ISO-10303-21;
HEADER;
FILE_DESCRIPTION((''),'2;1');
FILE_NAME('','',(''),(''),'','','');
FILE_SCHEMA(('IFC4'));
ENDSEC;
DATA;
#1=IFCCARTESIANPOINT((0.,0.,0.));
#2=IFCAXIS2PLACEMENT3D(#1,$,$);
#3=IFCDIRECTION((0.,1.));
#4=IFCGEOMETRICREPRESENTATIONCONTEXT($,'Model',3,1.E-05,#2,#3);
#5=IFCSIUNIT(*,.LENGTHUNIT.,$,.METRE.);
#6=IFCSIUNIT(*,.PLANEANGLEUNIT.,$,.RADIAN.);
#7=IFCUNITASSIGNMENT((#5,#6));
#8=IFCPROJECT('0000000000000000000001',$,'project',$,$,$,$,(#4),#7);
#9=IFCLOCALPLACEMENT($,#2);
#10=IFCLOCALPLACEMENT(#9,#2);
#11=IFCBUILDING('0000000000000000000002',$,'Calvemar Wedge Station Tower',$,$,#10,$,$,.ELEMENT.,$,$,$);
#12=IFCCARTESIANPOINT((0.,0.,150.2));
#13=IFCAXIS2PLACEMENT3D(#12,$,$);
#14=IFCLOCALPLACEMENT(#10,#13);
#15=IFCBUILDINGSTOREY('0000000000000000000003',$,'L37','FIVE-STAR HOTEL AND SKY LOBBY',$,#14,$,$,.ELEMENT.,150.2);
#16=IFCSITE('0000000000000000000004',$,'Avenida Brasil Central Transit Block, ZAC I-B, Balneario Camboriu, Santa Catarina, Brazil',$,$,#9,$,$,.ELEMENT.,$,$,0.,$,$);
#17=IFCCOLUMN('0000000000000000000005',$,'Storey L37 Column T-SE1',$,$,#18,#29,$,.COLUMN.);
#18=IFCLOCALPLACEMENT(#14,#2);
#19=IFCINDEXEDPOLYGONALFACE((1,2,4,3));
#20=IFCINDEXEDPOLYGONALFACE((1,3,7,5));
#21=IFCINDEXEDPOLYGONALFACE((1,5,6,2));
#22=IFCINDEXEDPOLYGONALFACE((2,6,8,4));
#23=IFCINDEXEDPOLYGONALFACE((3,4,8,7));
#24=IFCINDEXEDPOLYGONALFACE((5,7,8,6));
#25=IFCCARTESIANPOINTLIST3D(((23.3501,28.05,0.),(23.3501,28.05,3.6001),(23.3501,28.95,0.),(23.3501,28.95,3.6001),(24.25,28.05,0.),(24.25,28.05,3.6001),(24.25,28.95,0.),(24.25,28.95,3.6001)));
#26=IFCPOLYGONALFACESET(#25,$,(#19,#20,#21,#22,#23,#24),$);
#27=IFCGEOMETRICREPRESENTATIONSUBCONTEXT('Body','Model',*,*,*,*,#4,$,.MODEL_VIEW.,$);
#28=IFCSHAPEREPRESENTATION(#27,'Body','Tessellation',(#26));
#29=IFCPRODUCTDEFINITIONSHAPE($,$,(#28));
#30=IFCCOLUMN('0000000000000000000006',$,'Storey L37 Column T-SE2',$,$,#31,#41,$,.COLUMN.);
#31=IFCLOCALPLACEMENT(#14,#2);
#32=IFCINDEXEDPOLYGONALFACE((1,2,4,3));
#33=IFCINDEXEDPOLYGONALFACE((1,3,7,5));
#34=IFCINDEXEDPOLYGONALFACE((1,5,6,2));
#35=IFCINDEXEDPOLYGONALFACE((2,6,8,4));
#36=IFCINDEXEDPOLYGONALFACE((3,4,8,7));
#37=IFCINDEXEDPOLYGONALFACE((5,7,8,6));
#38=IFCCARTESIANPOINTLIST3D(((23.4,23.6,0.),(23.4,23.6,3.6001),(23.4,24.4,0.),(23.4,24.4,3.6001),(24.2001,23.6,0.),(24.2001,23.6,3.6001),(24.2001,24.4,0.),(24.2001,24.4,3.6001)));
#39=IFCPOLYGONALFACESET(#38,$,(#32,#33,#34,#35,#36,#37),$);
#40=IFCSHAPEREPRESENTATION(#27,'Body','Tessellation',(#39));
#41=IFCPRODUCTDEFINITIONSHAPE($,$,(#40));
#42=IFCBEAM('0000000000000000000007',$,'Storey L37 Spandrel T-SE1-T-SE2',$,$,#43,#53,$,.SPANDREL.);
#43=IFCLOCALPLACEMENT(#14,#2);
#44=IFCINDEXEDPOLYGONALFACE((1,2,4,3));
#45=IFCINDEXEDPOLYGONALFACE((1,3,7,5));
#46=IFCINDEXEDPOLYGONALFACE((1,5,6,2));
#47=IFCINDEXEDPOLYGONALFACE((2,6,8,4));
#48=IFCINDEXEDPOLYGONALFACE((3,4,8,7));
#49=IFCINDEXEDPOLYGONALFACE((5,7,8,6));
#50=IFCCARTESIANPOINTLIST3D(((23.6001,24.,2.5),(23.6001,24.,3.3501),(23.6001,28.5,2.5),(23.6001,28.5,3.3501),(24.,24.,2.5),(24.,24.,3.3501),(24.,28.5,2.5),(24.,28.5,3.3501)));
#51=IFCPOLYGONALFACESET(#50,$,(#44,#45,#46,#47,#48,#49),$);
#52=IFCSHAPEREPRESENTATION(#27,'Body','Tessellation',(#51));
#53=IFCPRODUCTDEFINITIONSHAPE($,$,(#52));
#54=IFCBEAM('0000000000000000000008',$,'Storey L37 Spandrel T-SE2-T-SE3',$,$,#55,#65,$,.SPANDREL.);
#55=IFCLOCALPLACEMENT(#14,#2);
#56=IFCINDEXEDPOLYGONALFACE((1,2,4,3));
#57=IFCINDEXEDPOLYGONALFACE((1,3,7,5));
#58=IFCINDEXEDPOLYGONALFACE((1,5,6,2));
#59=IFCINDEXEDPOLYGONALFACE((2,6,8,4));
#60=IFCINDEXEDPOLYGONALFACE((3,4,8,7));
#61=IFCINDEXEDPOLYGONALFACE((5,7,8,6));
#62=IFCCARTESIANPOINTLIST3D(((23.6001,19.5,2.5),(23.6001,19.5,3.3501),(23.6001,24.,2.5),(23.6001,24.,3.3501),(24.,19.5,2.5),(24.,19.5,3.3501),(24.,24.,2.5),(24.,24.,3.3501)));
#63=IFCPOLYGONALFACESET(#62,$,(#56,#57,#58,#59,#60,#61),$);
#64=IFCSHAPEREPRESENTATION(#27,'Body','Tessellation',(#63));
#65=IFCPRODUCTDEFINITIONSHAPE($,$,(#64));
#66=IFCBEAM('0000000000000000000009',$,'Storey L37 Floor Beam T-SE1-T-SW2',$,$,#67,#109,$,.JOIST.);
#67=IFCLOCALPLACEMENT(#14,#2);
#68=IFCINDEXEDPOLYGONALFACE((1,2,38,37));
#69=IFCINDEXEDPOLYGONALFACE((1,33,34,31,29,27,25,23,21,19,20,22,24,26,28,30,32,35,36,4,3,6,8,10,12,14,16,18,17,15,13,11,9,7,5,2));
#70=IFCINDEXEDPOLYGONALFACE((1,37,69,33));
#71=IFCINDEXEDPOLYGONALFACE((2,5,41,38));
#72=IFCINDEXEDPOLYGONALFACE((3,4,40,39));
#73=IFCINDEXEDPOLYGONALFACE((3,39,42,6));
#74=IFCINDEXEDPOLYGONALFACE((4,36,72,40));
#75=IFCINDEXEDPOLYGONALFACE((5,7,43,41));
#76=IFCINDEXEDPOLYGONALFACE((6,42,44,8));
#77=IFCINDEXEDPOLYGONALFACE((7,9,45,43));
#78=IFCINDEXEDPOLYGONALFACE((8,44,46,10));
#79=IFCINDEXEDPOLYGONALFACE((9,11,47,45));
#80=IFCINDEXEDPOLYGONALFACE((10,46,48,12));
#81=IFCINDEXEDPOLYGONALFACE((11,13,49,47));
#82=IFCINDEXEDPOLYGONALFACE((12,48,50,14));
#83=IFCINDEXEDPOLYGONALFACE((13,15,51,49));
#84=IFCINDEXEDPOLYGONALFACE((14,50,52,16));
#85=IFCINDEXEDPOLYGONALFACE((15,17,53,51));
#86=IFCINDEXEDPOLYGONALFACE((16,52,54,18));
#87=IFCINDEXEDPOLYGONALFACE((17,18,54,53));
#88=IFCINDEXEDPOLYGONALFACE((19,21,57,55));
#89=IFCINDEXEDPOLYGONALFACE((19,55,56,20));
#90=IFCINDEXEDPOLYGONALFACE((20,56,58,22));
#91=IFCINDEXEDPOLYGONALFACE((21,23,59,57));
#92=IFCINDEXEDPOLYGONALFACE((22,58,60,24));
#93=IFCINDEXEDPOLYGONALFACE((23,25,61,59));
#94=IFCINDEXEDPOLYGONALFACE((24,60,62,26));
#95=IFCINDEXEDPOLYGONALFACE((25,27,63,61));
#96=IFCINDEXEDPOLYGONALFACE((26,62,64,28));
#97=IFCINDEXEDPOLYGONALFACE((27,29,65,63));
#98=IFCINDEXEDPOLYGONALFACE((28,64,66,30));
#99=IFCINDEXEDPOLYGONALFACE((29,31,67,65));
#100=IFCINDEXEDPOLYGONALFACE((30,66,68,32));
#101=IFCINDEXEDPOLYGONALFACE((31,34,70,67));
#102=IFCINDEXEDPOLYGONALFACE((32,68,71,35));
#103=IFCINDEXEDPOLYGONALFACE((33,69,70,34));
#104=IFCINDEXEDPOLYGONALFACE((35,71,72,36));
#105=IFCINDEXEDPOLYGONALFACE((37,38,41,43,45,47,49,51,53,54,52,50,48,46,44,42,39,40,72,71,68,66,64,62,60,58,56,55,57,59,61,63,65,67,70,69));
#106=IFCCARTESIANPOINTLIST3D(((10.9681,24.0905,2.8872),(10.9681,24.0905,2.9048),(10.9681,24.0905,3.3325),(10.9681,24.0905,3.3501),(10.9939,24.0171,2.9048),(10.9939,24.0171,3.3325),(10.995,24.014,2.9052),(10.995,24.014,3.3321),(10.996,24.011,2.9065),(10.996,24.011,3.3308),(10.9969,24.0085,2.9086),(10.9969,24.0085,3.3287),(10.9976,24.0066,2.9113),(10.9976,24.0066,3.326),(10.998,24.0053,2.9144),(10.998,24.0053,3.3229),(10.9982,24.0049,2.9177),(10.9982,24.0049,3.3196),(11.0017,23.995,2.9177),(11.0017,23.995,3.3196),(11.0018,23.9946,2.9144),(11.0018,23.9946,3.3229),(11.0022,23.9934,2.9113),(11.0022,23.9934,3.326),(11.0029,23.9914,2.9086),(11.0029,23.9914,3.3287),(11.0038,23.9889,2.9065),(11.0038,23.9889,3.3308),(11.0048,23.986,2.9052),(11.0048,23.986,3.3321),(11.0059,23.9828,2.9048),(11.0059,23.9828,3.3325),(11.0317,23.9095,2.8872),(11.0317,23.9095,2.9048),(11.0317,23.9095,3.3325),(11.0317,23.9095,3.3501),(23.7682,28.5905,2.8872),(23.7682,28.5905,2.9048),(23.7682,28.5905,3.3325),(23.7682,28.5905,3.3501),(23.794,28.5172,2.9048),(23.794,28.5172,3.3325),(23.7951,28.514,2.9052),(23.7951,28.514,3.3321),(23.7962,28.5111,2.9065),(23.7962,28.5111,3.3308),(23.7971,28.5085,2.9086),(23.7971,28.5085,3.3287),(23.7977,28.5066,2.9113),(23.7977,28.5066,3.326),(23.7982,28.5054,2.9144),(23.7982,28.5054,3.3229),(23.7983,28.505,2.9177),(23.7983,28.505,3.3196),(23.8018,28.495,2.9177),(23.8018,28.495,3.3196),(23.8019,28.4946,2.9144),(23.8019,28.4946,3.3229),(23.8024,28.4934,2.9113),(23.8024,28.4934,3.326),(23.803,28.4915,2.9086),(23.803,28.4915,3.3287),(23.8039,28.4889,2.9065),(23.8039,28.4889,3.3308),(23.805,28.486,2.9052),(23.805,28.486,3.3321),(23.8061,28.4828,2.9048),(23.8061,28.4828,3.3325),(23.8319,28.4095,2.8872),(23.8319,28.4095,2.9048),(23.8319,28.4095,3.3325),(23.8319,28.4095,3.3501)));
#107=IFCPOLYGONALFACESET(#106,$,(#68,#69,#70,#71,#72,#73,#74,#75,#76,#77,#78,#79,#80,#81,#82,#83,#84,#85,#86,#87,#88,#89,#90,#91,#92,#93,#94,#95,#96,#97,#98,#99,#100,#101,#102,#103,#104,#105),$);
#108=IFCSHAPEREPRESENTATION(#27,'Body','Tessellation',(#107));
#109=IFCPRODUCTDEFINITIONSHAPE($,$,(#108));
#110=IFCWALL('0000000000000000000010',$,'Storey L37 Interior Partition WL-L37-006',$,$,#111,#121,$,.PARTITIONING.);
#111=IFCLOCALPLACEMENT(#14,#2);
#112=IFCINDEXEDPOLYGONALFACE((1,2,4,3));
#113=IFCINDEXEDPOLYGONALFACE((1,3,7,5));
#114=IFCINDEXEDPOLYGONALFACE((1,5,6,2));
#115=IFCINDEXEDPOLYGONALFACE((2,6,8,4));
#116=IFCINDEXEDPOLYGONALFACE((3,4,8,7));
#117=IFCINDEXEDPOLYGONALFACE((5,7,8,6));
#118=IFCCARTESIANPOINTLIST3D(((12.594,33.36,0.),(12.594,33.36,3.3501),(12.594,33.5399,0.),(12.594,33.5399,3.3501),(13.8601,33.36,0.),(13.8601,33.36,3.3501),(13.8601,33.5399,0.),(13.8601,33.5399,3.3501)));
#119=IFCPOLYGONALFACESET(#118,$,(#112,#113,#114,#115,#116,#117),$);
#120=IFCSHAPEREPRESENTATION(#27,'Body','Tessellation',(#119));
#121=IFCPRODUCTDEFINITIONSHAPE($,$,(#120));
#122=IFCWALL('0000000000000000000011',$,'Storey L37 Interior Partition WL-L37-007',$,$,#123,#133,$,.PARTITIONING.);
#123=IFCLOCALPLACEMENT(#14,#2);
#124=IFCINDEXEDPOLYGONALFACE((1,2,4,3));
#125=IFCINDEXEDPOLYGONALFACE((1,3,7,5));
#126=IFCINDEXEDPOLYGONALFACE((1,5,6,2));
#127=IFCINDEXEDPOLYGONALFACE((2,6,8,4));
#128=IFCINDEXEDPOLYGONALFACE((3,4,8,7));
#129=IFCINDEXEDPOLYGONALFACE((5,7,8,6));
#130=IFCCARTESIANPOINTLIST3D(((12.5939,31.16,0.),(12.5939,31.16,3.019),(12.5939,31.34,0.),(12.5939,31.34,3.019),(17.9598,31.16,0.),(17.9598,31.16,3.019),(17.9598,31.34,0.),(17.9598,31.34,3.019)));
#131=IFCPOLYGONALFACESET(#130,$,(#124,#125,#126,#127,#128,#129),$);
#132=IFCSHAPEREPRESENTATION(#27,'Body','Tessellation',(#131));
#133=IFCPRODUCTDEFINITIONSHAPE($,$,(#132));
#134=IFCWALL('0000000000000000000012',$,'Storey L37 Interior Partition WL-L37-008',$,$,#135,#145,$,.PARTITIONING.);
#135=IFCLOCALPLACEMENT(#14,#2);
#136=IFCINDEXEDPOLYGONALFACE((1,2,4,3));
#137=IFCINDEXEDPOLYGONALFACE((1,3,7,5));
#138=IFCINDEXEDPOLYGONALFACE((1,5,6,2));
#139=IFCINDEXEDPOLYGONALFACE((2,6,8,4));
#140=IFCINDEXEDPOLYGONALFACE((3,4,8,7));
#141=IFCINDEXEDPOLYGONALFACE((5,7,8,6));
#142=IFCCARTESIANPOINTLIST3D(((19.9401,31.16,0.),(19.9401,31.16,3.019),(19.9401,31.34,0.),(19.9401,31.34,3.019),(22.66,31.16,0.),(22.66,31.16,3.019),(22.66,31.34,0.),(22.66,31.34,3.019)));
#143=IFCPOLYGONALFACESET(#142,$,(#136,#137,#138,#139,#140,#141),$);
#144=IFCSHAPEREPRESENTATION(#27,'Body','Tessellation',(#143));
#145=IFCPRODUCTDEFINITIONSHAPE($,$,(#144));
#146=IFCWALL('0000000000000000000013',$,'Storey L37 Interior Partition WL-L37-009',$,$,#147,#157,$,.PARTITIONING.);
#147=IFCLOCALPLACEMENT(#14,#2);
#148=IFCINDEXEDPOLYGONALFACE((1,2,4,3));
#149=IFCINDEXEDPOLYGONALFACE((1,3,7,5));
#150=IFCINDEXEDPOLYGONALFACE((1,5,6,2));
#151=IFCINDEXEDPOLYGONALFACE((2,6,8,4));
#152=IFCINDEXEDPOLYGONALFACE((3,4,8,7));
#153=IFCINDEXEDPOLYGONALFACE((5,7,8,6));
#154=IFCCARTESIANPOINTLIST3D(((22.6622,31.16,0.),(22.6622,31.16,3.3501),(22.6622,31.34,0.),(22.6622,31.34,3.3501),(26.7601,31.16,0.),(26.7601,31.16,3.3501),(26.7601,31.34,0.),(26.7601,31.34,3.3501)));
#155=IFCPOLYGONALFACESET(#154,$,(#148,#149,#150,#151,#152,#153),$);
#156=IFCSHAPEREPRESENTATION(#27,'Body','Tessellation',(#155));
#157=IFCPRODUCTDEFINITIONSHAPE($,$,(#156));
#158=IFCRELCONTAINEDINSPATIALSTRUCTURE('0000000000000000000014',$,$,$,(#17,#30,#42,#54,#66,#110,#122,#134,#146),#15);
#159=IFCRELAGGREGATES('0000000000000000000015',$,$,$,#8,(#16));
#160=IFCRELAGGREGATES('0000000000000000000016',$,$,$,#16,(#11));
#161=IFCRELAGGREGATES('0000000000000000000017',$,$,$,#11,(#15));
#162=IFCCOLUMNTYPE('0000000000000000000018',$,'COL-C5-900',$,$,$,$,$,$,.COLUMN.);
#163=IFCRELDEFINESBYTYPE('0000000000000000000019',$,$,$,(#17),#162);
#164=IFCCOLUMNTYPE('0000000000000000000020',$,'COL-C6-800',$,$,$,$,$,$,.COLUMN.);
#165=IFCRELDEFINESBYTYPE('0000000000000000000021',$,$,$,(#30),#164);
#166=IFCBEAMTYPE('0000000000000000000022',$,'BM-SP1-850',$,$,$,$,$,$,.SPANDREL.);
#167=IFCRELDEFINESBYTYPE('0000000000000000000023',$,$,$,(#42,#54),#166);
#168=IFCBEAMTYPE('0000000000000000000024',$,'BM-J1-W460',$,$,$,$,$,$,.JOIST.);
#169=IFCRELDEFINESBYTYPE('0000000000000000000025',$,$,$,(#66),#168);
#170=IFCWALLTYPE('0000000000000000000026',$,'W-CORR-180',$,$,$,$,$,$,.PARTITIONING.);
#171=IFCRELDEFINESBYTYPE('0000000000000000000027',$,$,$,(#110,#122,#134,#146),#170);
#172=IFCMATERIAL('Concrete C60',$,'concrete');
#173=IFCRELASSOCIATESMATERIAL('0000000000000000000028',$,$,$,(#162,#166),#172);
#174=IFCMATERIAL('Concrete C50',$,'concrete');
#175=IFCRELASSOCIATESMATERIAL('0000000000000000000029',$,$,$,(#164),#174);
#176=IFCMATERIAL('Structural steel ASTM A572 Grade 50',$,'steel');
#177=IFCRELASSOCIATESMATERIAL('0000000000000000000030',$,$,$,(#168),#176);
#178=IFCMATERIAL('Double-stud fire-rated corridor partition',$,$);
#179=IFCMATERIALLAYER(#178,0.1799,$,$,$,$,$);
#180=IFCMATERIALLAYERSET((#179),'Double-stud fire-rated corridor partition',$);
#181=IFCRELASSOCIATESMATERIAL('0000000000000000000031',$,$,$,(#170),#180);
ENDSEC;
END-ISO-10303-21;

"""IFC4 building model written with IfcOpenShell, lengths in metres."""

from ifc_helpers import new_model, si_unit, direction, frame, frame_2d, origin, origin_2d, place, context, subcontext, project, spatial, rectangle, i_section, extrude, source, transform, mapped, material, layer, layer_set, material_profile, profile_set, type_object, element, save


model = new_model("IFC4")

# Units and contexts
model_context = context("Model", 3, precision=1e-05, world=origin(), true_north=direction((0.0, 1.0)))
body_context = subcontext(model_context, "Body", "Model", "MODEL_VIEW")
ifc_project = project(units=[si_unit("LENGTHUNIT", "METRE"), si_unit("PLANEANGLEUNIT", "RADIAN")], contexts=[model_context])

# Site, building, storey
site_placement = place(None, origin())
site = spatial("IfcSite", under=ifc_project, at=site_placement, Name="Avenida Brasil Central Transit Block, ZAC I-B, Balneario Camboriu, Santa Catarina, Brazil", CompositionType="ELEMENT", RefElevation=0.0)
building_placement = place(site_placement, origin())
building = spatial("IfcBuilding", under=site, at=building_placement, Name="Calvemar Wedge Station Tower", CompositionType="ELEMENT")
storey_placement = place(building_placement, frame((0.0, 0.0, 150.2)))
storey = spatial("IfcBuildingStorey", under=building, at=storey_placement, Name="L37", Description="FIVE-STAR HOTEL AND SKY LOBBY", CompositionType="ELEMENT", Elevation=150.2)

# Columns
ifc_material_1 = material(Name="Concrete C60", Category="concrete")
ifc_material_profile_1 = material_profile(ifc_material_1, rectangle(XDim=0.8999, YDim=0.8999, at=origin_2d()), Name="RC900x900")
ifc_profile_set_1 = profile_set([ifc_material_profile_1], Name="Concrete C60")
column_type_1 = type_object("IfcColumnType", Name="COL-C5-900", PredefinedType="COLUMN", material=ifc_profile_set_1)
shared_shape_1 = source(origin(), body_context, "Body", "SweptSolid", [
    extrude(rectangle(XDim=0.8999, YDim=0.8999, at=origin_2d()), origin(), (0.0, 0.0, 1.0), 3.6001),
])
column_1_placement = place(storey_placement, frame((23.8, 28.5, 0.0), z_axis=(0.0, 0.0, 1.0), x_axis=(1.0, 0.0, 0.0)))
element("IfcColumn", 1, at=column_1_placement, inside=storey, type_object=column_type_1, Name="Storey L37 Column T-SE1", PredefinedType="COLUMN", context=body_context, shape_type="MappedRepresentation", body=[
    mapped(shared_shape_1, transform((0.0, 0.0, 0.0), scale=1.0)),
])
ifc_material_2 = material(Name="Concrete C50", Category="concrete")
ifc_material_profile_2 = material_profile(ifc_material_2, rectangle(XDim=0.8, YDim=0.8, at=origin_2d()), Name="RC800x800")
ifc_profile_set_2 = profile_set([ifc_material_profile_2], Name="Concrete C50")
column_type_2 = type_object("IfcColumnType", Name="COL-C6-800", PredefinedType="COLUMN", material=ifc_profile_set_2)
shared_shape_2 = source(origin(), body_context, "Body", "SweptSolid", [
    extrude(rectangle(XDim=0.8, YDim=0.8, at=origin_2d()), origin(), (0.0, 0.0, 1.0), 3.6001),
])
column_2_placement = place(storey_placement, frame((23.8, 24.0, 0.0), z_axis=(0.0, 0.0, 1.0), x_axis=(1.0, 0.0, 0.0)))
element("IfcColumn", 2, at=column_2_placement, inside=storey, type_object=column_type_2, Name="Storey L37 Column T-SE2", PredefinedType="COLUMN", context=body_context, shape_type="MappedRepresentation", body=[
    mapped(shared_shape_2, transform((0.0, 0.0, 0.0), scale=1.0)),
])

# Beams
ifc_material_profile_3 = material_profile(ifc_material_1, rectangle(XDim=0.3999, YDim=0.8501, at=origin_2d()), Name="RC400x850")
ifc_profile_set_3 = profile_set([ifc_material_profile_3], Name="Concrete C60")
beam_type_1 = type_object("IfcBeamType", Name="BM-SP1-850", PredefinedType="SPANDREL", material=ifc_profile_set_3)
shared_shape_3 = source(origin(), body_context, "Body", "SweptSolid", [
    extrude(rectangle(XDim=0.3999, YDim=0.8501, at=origin_2d()), origin(), (0.0, 0.0, 1.0), 4.5),
])
for number, where, z_axis, x_axis, name in (
    (3, (23.8, 28.5, 2.925), (0.0, -1.0, 0.0), (1.0, 0.0, 0.0), "Storey L37 Spandrel T-SE1-T-SE2"),
    (4, (23.8, 24.0, 2.925), (0.0, -1.0, 0.0), (1.0, 0.0, 0.0), "Storey L37 Spandrel T-SE2-T-SE3"),
):
    element("IfcBeam", number, at=place(storey_placement, frame(where, z_axis=z_axis, x_axis=x_axis)), inside=storey, type_object=beam_type_1, Name=name, PredefinedType="SPANDREL", context=body_context, shape_type="MappedRepresentation", body=[
        mapped(shared_shape_3, transform((0.0, 0.0, 0.0), scale=1.0)),
    ])
ifc_material_3 = material(Name="Structural steel ASTM A572 Grade 50", Category="steel")
ifc_material_profile_4 = material_profile(ifc_material_3, i_section(OverallWidth=0.1919, OverallDepth=0.4629, WebThickness=0.0105, FlangeThickness=0.0176, FilletRadius=0.0129, at=origin_2d()), Name="W460x89")
ifc_profile_set_4 = profile_set([ifc_material_profile_4], Name="Structural steel ASTM A572 Grade 50")
beam_type_2 = type_object("IfcBeamType", Name="BM-J1-W460", PredefinedType="JOIST", material=ifc_profile_set_4)
shared_shape_4 = source(origin(), body_context, "Body", "SweptSolid", [
    extrude(i_section(OverallWidth=0.1919, OverallDepth=0.4629, WebThickness=0.0105, FlangeThickness=0.0176, FilletRadius=0.0129, at=origin_2d()), origin(), (0.0, 0.0, 1.0), 13.5681),
])
beam_placement = place(storey_placement, frame((23.8, 28.5, 3.1187), z_axis=(-0.943398, -0.331662, 0.0), x_axis=(0.331662, -0.943398, 0.0)))
element("IfcBeam", 5, at=beam_placement, inside=storey, type_object=beam_type_2, Name="Storey L37 Floor Beam T-SE1-T-SW2", PredefinedType="JOIST", context=body_context, shape_type="MappedRepresentation", body=[
    mapped(shared_shape_4, transform((0.0, 0.0, 0.0), scale=1.0)),
])

# Walls
ifc_material_4 = material(Name="Double-stud fire-rated corridor partition")
ifc_layer_1 = layer(ifc_material_4, 0.1799)
ifc_layer_set_1 = layer_set([ifc_layer_1], Name="Double-stud fire-rated corridor partition")
wall_type_1 = type_object("IfcWallType", Name="W-CORR-180", PredefinedType="PARTITIONING", material=ifc_layer_set_1)
wall_1_placement = place(storey_placement, frame((12.594, 33.45, 0.0), z_axis=(0.0, 0.0, 1.0), x_axis=(1.0, 0.0, 0.0)))
element("IfcWall", 6, at=wall_1_placement, inside=storey, type_object=wall_type_1, Name="Storey L37 Interior Partition WL-L37-006", PredefinedType="PARTITIONING", context=body_context, shape_type="SweptSolid", body=[
    extrude(rectangle(XDim=1.2661, YDim=0.1799, at=frame_2d((0.6331, 0.0))), origin(), (0.0, 0.0, 1.0), 3.3501),
])
wall_2_placement = place(storey_placement, frame((17.96, 31.25, 0.0), z_axis=(0.0, 0.0, 1.0), x_axis=(-1.0, 0.0, 0.0)))
element("IfcWall", 7, at=wall_2_placement, inside=storey, type_object=wall_type_1, Name="Storey L37 Interior Partition WL-L37-007", PredefinedType="PARTITIONING", context=body_context, shape_type="SweptSolid", body=[
    extrude(rectangle(XDim=5.366, YDim=0.1799, at=frame_2d((2.6831, 0.0))), origin(), (0.0, 0.0, 1.0), 3.019),
])
wall_3_placement = place(storey_placement, frame((22.6599, 31.25, 0.0), z_axis=(0.0, 0.0, 1.0), x_axis=(-1.0, 0.0, 0.0)))
element("IfcWall", 8, at=wall_3_placement, inside=storey, type_object=wall_type_1, Name="Storey L37 Interior Partition WL-L37-008", PredefinedType="PARTITIONING", context=body_context, shape_type="SweptSolid", body=[
    extrude(rectangle(XDim=2.72, YDim=0.1799, at=frame_2d((1.3599, 0.0))), origin(), (0.0, 0.0, 1.0), 3.019),
])
wall_4_placement = place(storey_placement, frame((26.76, 31.25, 0.0), z_axis=(0.0, 0.0, 1.0), x_axis=(-1.0, 0.0, 0.0)))
element("IfcWall", 9, at=wall_4_placement, inside=storey, type_object=wall_type_1, Name="Storey L37 Interior Partition WL-L37-009", PredefinedType="PARTITIONING", context=body_context, shape_type="SweptSolid", body=[
    extrude(rectangle(XDim=4.0979, YDim=0.1799, at=frame_2d((2.0488, 0.0))), origin(), (0.0, 0.0, 1.0), 3.3501),
])

save(model, "model.ifc")
